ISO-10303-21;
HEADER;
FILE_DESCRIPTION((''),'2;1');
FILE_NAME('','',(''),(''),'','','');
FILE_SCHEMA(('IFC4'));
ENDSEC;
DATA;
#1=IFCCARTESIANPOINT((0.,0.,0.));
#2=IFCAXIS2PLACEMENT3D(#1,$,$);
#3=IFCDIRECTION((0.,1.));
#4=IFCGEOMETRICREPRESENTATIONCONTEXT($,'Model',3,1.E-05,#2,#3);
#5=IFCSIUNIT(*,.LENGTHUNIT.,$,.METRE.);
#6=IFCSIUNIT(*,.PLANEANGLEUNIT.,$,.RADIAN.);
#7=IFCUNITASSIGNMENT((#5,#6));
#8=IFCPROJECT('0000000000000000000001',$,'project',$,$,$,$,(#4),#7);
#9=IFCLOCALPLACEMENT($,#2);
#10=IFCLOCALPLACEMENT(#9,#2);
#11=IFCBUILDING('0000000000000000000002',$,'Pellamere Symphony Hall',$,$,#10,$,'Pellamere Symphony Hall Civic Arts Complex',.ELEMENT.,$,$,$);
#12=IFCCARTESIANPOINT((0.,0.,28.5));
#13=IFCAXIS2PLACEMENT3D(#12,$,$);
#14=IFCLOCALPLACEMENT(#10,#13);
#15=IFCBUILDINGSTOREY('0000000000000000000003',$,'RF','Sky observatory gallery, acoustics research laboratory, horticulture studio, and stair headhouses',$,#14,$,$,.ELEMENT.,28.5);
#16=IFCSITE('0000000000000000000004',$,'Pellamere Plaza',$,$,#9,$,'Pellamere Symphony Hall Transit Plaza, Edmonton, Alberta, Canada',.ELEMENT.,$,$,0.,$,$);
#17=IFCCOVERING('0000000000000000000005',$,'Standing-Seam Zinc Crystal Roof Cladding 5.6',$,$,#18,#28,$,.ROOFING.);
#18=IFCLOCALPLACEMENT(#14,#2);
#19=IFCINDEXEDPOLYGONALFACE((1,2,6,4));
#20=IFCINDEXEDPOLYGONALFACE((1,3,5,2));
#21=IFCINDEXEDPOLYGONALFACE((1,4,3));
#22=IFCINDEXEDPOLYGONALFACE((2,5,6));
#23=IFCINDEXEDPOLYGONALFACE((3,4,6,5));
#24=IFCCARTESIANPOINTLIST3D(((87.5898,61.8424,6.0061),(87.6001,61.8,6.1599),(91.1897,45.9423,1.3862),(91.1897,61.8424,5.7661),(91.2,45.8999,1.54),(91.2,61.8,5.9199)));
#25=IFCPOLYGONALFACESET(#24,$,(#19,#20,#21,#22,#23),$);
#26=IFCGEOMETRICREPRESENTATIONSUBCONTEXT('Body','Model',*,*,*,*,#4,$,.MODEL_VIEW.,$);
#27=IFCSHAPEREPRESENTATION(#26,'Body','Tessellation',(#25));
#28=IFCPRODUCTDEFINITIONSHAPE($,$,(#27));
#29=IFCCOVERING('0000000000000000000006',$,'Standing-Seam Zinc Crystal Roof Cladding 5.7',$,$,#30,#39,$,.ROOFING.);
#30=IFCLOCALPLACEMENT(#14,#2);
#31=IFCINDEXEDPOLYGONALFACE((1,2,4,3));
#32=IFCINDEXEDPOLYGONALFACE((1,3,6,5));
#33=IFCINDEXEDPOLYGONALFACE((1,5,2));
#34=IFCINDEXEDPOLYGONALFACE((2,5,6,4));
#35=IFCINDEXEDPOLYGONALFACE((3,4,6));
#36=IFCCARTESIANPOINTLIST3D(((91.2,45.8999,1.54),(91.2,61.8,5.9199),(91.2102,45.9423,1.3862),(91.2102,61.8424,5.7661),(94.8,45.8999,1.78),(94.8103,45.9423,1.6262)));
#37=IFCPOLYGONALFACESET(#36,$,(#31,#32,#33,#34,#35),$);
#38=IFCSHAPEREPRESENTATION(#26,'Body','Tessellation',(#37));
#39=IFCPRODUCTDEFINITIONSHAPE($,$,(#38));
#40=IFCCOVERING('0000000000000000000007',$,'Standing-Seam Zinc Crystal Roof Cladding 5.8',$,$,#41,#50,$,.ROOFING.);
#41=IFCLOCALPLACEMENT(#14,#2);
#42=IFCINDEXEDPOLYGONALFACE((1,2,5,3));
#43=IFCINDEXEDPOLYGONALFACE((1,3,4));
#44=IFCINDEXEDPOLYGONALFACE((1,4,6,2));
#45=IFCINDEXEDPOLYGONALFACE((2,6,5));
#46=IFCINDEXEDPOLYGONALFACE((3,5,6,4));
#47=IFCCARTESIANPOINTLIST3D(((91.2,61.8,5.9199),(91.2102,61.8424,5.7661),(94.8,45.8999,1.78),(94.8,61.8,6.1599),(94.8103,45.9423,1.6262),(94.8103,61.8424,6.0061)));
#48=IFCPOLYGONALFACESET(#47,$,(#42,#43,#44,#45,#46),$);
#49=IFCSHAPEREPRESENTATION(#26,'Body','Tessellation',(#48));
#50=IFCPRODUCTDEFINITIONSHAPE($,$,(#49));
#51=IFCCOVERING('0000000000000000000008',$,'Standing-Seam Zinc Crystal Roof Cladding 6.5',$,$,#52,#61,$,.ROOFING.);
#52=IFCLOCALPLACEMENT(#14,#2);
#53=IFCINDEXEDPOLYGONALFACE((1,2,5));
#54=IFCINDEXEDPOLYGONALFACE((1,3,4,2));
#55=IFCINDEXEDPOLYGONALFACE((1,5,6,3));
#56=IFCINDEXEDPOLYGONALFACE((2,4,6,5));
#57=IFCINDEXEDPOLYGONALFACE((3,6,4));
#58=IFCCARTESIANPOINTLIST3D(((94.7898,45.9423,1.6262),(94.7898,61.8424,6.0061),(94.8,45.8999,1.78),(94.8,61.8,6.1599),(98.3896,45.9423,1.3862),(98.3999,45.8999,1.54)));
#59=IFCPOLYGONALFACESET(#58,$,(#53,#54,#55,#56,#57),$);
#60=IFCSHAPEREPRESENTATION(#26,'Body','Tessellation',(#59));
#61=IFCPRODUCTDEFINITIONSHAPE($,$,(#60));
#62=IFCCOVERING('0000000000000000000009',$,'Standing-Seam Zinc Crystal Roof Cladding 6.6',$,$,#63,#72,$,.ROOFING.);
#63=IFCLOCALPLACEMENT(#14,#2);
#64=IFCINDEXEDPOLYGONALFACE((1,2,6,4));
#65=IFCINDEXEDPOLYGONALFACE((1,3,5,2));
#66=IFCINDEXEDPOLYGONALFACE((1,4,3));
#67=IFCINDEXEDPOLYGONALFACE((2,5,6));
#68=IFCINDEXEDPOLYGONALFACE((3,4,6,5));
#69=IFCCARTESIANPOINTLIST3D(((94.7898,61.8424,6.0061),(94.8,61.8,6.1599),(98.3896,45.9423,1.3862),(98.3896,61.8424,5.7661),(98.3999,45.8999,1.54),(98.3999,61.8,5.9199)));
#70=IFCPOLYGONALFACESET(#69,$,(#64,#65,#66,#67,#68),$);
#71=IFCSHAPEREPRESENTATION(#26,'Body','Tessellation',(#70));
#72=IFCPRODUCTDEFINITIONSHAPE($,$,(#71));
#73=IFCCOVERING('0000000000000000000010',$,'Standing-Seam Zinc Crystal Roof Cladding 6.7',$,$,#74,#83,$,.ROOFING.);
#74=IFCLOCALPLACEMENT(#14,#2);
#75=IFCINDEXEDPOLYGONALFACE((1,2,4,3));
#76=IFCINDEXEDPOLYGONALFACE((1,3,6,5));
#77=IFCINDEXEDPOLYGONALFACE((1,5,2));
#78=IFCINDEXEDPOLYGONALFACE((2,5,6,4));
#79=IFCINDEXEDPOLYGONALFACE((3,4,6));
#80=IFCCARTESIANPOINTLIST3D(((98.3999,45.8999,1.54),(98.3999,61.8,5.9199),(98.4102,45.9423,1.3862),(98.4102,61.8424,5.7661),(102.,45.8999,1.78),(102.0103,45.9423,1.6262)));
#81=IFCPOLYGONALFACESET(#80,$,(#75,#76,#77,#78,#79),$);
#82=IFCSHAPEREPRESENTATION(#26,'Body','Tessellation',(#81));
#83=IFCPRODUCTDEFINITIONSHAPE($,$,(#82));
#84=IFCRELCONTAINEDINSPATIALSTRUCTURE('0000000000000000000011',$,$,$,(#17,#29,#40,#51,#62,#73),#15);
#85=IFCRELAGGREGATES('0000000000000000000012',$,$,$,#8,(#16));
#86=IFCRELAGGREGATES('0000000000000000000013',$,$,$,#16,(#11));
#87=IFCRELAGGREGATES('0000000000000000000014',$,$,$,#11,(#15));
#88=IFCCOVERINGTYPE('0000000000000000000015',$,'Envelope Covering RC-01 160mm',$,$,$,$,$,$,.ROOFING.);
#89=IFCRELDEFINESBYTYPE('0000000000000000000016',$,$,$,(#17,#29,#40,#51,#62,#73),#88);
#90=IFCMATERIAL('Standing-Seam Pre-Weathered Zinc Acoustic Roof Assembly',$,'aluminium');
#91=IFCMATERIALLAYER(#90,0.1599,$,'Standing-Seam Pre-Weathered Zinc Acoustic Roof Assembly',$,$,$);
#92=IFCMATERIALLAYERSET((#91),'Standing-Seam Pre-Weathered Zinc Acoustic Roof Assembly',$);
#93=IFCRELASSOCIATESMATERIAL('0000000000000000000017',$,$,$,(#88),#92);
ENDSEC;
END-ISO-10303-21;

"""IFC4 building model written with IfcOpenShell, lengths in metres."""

from ifc_helpers import new_model, si_unit, direction, frame, origin, place, context, subcontext, project, spatial, polyline, outline, extrude, material, layer, layer_set, type_object, element, save


model = new_model("IFC4")

# Units and contexts
model_context = context("Model", 3, precision=1e-05, world=origin(), true_north=direction((0.0, 1.0)))
body_context = subcontext(model_context, "Body", "Model", "MODEL_VIEW")
ifc_project = project(units=[si_unit("LENGTHUNIT", "METRE"), si_unit("PLANEANGLEUNIT", "RADIAN")], contexts=[model_context])

# Site, building, storey
site_placement = place(None, origin())
site = spatial("IfcSite", under=ifc_project, at=site_placement, Name="Pellamere Plaza", LongName="Pellamere Symphony Hall Transit Plaza, Edmonton, Alberta, Canada", CompositionType="ELEMENT", RefElevation=0.0)
building_placement = place(site_placement, origin())
building = spatial("IfcBuilding", under=site, at=building_placement, Name="Pellamere Symphony Hall", LongName="Pellamere Symphony Hall Civic Arts Complex", CompositionType="ELEMENT")
storey_placement = place(building_placement, frame((0.0, 0.0, 28.5)))
storey = spatial("IfcBuildingStorey", under=building, at=storey_placement, Name="RF", Description="Sky observatory gallery, acoustics research laboratory, horticulture studio, and stair headhouses", CompositionType="ELEMENT", Elevation=28.5)

# Coverings
ifc_material_1 = material(Name="Standing-Seam Pre-Weathered Zinc Acoustic Roof Assembly", Category="aluminium")
ifc_layer_1 = layer(ifc_material_1, 0.1599, Name="Standing-Seam Pre-Weathered Zinc Acoustic Roof Assembly")
ifc_layer_set_1 = layer_set([ifc_layer_1], Name="Standing-Seam Pre-Weathered Zinc Acoustic Roof Assembly")
covering_type = type_object("IfcCoveringType", Name="Envelope Covering RC-01 160mm", PredefinedType="ROOFING", material=ifc_layer_set_1)
covering_1_placement = place(storey_placement, frame((91.2, 45.8999, 1.54), z_axis=(0.06414, -0.265024, 0.962106), x_axis=(0.0, 0.964091, 0.26557)))
element("IfcCovering", 1, at=covering_1_placement, inside=storey, type_object=covering_type, Name="Standing-Seam Zinc Crystal Roof Cladding 5.6", PredefinedType="ROOFING", context=body_context, shape_type="SweptSolid", body=[
    extrude(outline(polyline([(0.0, 0.0), (16.4924, 0.0), (16.5561, 3.6073), (0.0, 0.0)])), origin(), (0.0, 0.0, -1.0), 0.1599),
])
covering_2_placement = place(storey_placement, frame((91.2, 45.8999, 1.54), z_axis=(-0.064136, -0.265024, 0.962107), x_axis=(0.997785, 0.0, 0.066515)))
element("IfcCovering", 2, at=covering_2_placement, inside=storey, type_object=covering_type, Name="Standing-Seam Zinc Crystal Roof Cladding 5.7", PredefinedType="ROOFING", context=body_context, shape_type="SweptSolid", body=[
    extrude(outline(polyline([(0.0, 0.0), (3.6081, 0.0), (0.2913, 16.4898), (0.0, 0.0)])), origin(), (0.0, 0.0, -1.0), 0.1599),
])
covering_3_placement = place(storey_placement, frame((94.8, 45.8999, 1.78), z_axis=(-0.064136, -0.265024, 0.962107), x_axis=(0.0, 0.964091, 0.26557)))
element("IfcCovering", 3, at=covering_3_placement, inside=storey, type_object=covering_type, Name="Standing-Seam Zinc Crystal Roof Cladding 5.8", PredefinedType="ROOFING", context=body_context, shape_type="SweptSolid", body=[
    extrude(outline(polyline([(0.0, 0.0), (16.4924, 0.0), (16.4286, 3.6075), (0.0, 0.0)])), origin(), (0.0, 0.0, -1.0), 0.1599),
])
covering_4_placement = place(storey_placement, frame((94.8, 45.8999, 1.78), z_axis=(0.06414, -0.265024, 0.962106), x_axis=(0.997785, 0.0, -0.066519)))
element("IfcCovering", 4, at=covering_4_placement, inside=storey, type_object=covering_type, Name="Standing-Seam Zinc Crystal Roof Cladding 6.5", PredefinedType="ROOFING", context=body_context, shape_type="SweptSolid", body=[
    extrude(outline(polyline([(0.0, 0.0), (3.6078, 0.0), (-0.2913, 16.4898), (0.0, 0.0)])), origin(), (0.0, 0.0, -1.0), 0.1599),
])
covering_5_placement = place(storey_placement, frame((98.3999, 45.8999, 1.54), z_axis=(0.06414, -0.265024, 0.962106), x_axis=(0.0, 0.964091, 0.26557)))
element("IfcCovering", 5, at=covering_5_placement, inside=storey, type_object=covering_type, Name="Standing-Seam Zinc Crystal Roof Cladding 6.6", PredefinedType="ROOFING", context=body_context, shape_type="SweptSolid", body=[
    extrude(outline(polyline([(0.0, 0.0), (16.4924, 0.0), (16.5561, 3.6073), (0.0, 0.0)])), origin(), (0.0, 0.0, -1.0), 0.1599),
])
covering_6_placement = place(storey_placement, frame((98.3999, 45.8999, 1.54), z_axis=(-0.064136, -0.265024, 0.962107), x_axis=(0.997785, 0.0, 0.066515)))
element("IfcCovering", 6, at=covering_6_placement, inside=storey, type_object=covering_type, Name="Standing-Seam Zinc Crystal Roof Cladding 6.7", PredefinedType="ROOFING", context=body_context, shape_type="SweptSolid", body=[
    extrude(outline(polyline([(0.0, 0.0), (3.6081, 0.0), (0.2913, 16.4898), (0.0, 0.0)])), origin(), (0.0, 0.0, -1.0), 0.1599),
])

save(model, "model.ifc")
